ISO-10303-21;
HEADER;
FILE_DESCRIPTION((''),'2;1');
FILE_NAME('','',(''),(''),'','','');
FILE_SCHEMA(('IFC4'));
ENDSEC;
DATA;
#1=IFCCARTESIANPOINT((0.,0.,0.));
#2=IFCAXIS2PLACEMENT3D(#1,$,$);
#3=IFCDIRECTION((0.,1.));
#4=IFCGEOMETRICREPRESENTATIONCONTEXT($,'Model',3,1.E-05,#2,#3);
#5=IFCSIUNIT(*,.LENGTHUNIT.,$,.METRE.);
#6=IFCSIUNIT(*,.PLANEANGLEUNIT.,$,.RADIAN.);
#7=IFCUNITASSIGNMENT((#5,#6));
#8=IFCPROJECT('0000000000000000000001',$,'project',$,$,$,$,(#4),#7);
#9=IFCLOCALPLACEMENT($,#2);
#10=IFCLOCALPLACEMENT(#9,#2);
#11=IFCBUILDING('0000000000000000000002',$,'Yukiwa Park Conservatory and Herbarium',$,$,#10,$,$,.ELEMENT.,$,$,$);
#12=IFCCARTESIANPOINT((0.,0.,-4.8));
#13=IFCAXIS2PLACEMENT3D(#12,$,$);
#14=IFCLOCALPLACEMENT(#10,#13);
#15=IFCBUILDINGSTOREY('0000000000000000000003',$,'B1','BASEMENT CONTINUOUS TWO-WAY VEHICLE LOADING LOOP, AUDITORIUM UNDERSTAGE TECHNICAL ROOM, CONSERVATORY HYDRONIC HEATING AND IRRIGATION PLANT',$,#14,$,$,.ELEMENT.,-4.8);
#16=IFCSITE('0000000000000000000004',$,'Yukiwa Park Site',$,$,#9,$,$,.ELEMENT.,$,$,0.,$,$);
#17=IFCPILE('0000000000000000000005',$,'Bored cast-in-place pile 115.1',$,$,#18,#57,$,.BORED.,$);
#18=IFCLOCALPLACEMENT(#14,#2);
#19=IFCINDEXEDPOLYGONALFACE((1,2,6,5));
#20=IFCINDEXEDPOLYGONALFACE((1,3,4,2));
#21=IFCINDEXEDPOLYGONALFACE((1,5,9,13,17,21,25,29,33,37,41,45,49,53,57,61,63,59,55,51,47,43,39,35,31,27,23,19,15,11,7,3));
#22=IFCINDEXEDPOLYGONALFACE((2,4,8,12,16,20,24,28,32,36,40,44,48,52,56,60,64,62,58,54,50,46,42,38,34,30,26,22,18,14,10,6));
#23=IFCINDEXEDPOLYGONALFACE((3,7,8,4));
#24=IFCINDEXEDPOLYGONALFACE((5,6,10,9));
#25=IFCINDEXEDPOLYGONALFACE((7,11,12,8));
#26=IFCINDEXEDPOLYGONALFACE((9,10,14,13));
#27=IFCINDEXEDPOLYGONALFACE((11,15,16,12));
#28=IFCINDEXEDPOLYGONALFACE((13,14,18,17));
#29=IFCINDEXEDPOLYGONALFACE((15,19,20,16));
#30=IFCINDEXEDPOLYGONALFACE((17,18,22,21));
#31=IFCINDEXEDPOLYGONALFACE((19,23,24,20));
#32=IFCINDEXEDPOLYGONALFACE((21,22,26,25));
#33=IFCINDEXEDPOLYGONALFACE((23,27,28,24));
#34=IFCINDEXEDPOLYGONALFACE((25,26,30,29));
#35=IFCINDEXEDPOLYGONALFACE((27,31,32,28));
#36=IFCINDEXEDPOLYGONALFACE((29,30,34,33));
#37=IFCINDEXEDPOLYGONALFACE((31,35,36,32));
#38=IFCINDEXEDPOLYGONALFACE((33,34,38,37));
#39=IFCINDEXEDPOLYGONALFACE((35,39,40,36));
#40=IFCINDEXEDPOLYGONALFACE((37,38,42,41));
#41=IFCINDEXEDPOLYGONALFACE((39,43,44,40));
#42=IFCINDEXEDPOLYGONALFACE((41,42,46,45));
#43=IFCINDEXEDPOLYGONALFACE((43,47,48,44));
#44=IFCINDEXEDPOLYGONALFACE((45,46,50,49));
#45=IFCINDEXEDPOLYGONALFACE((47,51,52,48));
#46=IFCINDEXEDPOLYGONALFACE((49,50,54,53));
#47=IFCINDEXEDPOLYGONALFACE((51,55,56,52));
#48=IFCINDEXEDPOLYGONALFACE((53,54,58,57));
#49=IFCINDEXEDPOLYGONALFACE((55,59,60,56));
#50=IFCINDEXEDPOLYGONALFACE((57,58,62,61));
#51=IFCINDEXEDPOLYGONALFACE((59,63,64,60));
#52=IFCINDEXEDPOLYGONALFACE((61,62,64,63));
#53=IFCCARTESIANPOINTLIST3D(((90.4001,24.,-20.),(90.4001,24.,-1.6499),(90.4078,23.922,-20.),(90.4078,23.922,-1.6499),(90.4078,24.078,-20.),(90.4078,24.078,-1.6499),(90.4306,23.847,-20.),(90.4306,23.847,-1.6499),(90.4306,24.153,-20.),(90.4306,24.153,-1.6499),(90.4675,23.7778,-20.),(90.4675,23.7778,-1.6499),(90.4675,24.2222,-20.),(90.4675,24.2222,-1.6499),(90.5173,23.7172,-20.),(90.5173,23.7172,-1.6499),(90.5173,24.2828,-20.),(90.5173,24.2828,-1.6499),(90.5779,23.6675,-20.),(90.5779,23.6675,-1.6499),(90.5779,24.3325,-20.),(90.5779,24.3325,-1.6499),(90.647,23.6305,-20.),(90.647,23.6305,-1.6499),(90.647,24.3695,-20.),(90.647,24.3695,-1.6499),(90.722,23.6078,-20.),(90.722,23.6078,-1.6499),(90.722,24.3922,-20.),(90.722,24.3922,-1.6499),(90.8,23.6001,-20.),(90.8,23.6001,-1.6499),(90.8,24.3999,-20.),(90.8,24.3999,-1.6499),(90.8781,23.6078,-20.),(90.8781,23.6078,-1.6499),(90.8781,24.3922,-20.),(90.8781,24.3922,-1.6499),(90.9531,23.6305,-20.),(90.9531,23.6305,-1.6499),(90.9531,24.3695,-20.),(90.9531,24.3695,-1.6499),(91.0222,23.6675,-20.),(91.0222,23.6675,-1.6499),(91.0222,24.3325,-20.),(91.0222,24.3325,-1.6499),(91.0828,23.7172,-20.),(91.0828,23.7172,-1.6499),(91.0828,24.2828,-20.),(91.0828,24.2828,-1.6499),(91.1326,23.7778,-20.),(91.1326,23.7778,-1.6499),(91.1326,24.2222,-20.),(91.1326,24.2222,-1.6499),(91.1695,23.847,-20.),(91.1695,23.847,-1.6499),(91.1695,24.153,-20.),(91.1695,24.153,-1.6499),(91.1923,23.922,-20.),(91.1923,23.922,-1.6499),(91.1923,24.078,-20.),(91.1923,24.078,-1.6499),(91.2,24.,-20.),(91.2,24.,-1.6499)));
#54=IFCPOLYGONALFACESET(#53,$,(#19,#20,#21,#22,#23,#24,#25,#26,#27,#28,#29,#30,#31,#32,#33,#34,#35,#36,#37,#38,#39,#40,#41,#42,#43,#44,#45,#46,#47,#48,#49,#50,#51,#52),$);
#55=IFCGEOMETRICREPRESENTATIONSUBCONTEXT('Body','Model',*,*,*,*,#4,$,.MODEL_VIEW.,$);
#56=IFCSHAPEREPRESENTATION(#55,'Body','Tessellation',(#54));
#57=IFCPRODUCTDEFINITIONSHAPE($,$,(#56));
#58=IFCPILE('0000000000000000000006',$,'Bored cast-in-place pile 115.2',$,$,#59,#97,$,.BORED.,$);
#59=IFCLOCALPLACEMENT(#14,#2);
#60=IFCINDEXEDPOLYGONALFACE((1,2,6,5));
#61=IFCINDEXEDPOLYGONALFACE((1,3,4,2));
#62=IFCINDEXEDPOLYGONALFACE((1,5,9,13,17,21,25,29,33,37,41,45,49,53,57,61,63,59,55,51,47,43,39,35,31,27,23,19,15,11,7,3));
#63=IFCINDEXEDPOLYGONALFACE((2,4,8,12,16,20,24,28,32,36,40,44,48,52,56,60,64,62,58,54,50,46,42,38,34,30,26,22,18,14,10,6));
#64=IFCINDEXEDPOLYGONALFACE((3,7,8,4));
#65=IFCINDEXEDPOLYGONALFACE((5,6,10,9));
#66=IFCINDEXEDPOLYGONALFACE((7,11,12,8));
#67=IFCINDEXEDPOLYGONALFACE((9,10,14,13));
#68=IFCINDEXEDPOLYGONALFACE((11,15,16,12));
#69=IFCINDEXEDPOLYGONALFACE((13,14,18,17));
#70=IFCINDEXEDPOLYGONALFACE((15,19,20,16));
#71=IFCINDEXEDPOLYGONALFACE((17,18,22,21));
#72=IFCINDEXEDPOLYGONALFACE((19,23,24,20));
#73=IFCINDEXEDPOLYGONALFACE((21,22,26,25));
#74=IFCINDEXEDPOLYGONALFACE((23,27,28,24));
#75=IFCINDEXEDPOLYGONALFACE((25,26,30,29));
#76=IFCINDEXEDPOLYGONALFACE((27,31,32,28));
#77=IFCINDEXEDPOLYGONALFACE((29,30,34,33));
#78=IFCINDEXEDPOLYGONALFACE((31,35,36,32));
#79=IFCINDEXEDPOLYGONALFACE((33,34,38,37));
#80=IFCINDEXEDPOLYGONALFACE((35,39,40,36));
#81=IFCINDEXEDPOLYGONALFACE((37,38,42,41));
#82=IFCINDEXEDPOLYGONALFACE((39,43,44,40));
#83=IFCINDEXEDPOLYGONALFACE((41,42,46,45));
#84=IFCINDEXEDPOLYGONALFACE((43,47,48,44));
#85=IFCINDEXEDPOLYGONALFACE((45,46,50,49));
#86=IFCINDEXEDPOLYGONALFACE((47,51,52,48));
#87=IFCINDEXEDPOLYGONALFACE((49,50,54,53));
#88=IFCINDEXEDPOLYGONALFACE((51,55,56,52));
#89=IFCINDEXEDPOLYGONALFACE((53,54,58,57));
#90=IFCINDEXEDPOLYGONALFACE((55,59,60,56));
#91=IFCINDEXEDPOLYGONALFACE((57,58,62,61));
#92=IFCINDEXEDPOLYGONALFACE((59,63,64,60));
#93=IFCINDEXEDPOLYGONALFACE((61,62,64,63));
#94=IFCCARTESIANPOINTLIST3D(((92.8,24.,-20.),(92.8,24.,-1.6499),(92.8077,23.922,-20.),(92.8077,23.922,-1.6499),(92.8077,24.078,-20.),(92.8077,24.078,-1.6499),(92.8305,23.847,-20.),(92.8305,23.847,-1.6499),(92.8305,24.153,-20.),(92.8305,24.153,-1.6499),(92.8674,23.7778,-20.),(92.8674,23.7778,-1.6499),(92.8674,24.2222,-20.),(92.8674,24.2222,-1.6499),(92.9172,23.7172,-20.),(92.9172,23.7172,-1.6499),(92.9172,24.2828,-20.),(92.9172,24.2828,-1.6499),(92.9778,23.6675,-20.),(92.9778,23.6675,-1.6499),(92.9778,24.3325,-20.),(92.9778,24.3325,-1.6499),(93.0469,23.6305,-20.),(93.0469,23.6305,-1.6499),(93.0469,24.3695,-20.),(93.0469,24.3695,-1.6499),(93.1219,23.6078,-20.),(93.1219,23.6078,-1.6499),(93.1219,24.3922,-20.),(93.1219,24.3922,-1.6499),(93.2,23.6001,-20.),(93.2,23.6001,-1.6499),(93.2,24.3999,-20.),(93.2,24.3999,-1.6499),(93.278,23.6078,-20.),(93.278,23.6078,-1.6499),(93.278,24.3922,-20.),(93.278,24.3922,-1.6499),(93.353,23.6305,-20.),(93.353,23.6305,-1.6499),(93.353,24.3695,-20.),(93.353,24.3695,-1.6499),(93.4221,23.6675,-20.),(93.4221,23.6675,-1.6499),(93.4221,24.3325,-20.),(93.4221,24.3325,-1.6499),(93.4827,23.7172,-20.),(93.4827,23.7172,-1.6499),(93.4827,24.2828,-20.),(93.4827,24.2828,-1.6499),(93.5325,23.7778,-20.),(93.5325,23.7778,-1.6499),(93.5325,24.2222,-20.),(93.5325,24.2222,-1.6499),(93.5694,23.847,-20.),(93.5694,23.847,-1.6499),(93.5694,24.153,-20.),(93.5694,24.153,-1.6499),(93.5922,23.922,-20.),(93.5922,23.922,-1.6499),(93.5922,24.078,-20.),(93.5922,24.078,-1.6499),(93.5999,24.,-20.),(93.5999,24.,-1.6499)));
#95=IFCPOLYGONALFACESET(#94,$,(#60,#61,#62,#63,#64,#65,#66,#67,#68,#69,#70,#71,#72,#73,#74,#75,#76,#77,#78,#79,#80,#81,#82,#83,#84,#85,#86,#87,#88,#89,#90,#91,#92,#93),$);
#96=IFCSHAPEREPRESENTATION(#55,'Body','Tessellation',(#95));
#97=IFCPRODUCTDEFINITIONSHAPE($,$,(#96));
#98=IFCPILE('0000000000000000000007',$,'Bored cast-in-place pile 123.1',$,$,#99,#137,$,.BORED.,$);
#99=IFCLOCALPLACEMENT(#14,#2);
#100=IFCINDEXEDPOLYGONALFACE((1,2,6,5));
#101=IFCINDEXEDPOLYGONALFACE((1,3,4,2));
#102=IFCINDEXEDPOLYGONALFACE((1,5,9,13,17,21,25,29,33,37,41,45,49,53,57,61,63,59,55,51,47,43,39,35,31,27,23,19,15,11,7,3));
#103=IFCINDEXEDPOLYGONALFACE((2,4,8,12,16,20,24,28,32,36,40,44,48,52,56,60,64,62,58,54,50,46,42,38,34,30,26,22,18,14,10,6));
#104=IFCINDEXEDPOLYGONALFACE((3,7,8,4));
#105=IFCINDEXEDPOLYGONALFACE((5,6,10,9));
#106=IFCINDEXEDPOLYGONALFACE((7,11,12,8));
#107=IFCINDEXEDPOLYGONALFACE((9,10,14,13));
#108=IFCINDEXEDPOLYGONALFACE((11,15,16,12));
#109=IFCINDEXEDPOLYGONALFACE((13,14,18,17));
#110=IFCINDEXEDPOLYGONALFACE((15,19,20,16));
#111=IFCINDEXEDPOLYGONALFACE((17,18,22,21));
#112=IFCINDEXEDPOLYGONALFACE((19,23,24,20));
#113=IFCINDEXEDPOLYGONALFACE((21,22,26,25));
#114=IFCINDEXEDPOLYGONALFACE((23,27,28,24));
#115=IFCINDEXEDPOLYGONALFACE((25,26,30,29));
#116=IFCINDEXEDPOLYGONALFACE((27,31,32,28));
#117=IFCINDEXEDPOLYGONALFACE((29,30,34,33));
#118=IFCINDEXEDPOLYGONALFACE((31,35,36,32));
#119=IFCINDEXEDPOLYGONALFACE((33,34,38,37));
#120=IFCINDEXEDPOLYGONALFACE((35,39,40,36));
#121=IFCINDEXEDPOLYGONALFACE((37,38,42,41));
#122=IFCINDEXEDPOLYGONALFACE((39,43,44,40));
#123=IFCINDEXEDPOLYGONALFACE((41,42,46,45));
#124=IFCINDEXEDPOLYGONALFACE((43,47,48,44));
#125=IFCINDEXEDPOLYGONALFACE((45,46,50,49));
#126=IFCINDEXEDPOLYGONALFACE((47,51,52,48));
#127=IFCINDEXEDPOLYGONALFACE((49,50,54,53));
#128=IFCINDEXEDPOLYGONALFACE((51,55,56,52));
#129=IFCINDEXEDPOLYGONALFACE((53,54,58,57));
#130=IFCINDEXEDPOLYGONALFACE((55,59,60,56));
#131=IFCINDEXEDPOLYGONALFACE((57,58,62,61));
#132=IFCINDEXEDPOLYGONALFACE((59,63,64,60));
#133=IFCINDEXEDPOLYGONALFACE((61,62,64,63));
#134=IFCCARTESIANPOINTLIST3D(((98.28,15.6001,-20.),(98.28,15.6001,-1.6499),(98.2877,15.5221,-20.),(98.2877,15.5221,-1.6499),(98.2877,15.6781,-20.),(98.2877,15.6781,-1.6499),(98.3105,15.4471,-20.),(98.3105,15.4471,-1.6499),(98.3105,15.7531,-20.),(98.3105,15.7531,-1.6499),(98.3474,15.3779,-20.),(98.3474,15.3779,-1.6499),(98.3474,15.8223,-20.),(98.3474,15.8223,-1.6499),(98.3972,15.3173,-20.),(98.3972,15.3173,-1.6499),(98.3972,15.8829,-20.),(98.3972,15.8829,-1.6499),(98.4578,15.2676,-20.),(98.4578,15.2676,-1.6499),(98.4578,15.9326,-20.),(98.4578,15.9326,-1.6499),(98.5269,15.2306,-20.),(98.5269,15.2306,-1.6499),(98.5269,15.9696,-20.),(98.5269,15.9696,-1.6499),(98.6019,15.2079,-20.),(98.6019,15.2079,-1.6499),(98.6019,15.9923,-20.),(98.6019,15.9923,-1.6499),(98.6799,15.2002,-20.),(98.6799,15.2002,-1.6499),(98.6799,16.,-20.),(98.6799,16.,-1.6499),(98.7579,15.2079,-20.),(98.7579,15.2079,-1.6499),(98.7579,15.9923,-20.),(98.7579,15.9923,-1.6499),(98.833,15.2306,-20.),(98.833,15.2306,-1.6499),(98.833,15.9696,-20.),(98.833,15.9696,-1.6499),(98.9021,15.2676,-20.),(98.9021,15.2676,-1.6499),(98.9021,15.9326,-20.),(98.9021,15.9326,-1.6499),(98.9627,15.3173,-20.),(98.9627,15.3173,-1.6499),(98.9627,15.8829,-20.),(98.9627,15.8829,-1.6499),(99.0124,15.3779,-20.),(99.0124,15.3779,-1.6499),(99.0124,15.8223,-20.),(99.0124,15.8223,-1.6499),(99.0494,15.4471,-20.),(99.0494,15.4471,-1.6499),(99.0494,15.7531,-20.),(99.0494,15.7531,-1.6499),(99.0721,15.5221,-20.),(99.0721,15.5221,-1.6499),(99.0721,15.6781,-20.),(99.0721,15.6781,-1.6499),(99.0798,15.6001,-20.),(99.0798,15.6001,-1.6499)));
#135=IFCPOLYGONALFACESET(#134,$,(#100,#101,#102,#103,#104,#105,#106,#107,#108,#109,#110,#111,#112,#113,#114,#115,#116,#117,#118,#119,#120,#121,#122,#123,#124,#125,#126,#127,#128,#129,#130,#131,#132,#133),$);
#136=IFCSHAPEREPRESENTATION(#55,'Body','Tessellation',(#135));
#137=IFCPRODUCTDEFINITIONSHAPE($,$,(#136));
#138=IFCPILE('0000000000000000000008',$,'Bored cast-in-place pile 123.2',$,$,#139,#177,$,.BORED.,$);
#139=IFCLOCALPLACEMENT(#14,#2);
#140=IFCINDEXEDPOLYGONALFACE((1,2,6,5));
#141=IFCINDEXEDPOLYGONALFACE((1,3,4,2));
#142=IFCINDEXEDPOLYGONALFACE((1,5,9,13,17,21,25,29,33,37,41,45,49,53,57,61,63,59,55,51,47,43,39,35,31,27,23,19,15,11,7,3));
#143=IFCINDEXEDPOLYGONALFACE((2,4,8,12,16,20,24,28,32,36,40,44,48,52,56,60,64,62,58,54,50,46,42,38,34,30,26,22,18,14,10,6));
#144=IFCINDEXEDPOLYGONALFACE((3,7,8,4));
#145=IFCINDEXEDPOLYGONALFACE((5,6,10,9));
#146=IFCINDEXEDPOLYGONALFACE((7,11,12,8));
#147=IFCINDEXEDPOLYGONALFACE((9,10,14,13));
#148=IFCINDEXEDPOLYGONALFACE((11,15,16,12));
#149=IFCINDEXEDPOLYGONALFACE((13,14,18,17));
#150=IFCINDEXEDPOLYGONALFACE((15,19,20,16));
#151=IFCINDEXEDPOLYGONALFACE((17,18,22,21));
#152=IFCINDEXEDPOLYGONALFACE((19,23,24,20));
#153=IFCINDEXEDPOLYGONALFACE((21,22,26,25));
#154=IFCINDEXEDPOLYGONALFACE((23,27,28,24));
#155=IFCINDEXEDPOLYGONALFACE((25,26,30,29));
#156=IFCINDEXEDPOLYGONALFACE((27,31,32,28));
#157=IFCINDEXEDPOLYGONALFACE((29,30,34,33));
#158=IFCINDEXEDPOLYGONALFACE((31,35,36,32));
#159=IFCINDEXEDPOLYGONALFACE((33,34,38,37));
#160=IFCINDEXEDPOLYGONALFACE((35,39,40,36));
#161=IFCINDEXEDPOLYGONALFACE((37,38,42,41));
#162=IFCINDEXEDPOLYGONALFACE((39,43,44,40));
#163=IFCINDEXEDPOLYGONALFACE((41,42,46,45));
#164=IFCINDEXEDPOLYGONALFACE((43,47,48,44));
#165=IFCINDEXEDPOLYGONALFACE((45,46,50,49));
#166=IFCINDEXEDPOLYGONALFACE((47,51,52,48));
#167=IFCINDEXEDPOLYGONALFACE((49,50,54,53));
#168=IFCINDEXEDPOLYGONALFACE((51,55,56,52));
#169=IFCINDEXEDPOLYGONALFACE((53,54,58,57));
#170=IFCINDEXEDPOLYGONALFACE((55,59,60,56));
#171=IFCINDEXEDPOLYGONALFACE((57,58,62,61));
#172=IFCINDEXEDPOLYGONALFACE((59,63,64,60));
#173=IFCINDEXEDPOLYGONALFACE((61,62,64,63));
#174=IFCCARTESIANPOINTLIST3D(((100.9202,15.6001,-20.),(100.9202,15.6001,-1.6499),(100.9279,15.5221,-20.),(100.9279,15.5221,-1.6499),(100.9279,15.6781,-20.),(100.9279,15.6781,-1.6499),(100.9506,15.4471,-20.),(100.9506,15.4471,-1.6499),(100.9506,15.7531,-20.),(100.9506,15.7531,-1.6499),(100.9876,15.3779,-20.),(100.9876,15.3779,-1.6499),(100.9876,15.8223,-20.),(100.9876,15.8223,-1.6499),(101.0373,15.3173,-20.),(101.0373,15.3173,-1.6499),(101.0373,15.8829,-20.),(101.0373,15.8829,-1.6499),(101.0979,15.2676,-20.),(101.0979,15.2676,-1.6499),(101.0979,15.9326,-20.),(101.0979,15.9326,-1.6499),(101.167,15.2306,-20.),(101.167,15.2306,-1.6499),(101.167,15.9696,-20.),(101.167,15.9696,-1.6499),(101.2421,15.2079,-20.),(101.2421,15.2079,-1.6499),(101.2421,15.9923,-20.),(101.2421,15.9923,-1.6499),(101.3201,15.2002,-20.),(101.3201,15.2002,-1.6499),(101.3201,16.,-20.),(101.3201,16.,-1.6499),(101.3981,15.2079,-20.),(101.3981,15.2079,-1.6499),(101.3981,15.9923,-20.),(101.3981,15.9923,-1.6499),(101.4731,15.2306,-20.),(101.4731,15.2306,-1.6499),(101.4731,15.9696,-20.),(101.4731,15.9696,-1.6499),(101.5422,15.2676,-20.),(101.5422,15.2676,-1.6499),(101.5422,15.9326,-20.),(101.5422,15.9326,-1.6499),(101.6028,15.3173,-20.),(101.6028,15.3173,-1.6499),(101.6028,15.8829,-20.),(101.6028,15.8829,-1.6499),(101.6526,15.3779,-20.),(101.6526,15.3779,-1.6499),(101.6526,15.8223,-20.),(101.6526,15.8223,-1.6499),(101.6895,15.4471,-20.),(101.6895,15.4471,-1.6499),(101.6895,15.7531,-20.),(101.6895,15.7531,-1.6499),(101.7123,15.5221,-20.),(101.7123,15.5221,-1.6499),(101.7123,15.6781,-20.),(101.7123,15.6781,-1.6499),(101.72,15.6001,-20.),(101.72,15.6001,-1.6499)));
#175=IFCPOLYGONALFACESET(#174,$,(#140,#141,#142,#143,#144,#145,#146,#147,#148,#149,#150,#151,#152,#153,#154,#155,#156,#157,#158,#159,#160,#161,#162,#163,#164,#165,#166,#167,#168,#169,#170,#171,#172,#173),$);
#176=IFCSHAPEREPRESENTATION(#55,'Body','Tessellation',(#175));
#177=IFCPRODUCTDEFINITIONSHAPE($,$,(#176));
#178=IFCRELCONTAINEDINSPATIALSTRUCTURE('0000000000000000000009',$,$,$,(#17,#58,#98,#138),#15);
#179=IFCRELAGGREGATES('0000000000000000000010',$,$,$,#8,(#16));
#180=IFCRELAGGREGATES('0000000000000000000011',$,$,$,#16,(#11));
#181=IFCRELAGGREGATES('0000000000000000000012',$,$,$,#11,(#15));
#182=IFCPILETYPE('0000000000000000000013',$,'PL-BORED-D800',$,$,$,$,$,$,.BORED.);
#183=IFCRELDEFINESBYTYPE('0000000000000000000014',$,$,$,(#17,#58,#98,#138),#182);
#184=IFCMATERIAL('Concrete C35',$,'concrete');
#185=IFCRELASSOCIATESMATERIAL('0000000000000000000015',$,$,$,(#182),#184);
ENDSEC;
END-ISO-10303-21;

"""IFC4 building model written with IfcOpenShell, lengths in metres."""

from ifc_helpers import new_model, si_unit, direction, frame, origin, origin_2d, place, context, subcontext, project, spatial, circle, extrude, material, material_profile, profile_set, type_object, element, save


model = new_model("IFC4")

# Units and contexts
model_context = context("Model", 3, precision=1e-05, world=origin(), true_north=direction((0.0, 1.0)))
body_context = subcontext(model_context, "Body", "Model", "MODEL_VIEW")
ifc_project = project(units=[si_unit("LENGTHUNIT", "METRE"), si_unit("PLANEANGLEUNIT", "RADIAN")], contexts=[model_context])

# Site, building, storey
site_placement = place(None, origin())
site = spatial("IfcSite", under=ifc_project, at=site_placement, Name="Yukiwa Park Site", CompositionType="ELEMENT", RefElevation=0.0)
building_placement = place(site_placement, origin())
building = spatial("IfcBuilding", under=site, at=building_placement, Name="Yukiwa Park Conservatory and Herbarium", CompositionType="ELEMENT")
storey_placement = place(building_placement, frame((0.0, 0.0, -4.8)))
storey = spatial("IfcBuildingStorey", under=building, at=storey_placement, Name="B1", Description="BASEMENT CONTINUOUS TWO-WAY VEHICLE LOADING LOOP, AUDITORIUM UNDERSTAGE TECHNICAL ROOM, CONSERVATORY HYDRONIC HEATING AND IRRIGATION PLANT", CompositionType="ELEMENT", Elevation=-4.8)

# Piles
ifc_material_1 = material(Name="Concrete C35", Category="concrete")
ifc_material_profile_1 = material_profile(ifc_material_1, circle(Radius=0.3999, at=origin_2d()), Name="PILE D800")
ifc_profile_set_1 = profile_set([ifc_material_profile_1], Name="Concrete C35")
pile_type_1 = type_object("IfcPileType", Name="PL-BORED-D800", PredefinedType="BORED", material=ifc_profile_set_1)
for number, where, z_axis, x_axis, name in (
    (1, (90.8, 24.0, -1.6499), (0.0, 0.0, -1.0), (1.0, 0.0, 0.0), "Bored cast-in-place pile 115.1"),
    (2, (93.2, 24.0, -1.6499), (0.0, 0.0, -1.0), (1.0, 0.0, 0.0), "Bored cast-in-place pile 115.2"),
    (3, (98.6799, 15.6001, -1.6499), (0.0, 0.0, -1.0), (1.0, 0.0, 0.0), "Bored cast-in-place pile 123.1"),
    (4, (101.3201, 15.6001, -1.6499), (0.0, 0.0, -1.0), (1.0, 0.0, 0.0), "Bored cast-in-place pile 123.2"),
):
    element("IfcPile", number, at=place(storey_placement, frame(where, z_axis=z_axis, x_axis=x_axis)), inside=storey, type_object=pile_type_1, Name=name, PredefinedType="BORED", context=body_context, shape_type="SweptSolid", body=[
        extrude(circle(Radius=0.3999, at=origin_2d()), origin(), (0.0, 0.0, 1.0), 18.3501),
    ])

save(model, "model.ifc")
